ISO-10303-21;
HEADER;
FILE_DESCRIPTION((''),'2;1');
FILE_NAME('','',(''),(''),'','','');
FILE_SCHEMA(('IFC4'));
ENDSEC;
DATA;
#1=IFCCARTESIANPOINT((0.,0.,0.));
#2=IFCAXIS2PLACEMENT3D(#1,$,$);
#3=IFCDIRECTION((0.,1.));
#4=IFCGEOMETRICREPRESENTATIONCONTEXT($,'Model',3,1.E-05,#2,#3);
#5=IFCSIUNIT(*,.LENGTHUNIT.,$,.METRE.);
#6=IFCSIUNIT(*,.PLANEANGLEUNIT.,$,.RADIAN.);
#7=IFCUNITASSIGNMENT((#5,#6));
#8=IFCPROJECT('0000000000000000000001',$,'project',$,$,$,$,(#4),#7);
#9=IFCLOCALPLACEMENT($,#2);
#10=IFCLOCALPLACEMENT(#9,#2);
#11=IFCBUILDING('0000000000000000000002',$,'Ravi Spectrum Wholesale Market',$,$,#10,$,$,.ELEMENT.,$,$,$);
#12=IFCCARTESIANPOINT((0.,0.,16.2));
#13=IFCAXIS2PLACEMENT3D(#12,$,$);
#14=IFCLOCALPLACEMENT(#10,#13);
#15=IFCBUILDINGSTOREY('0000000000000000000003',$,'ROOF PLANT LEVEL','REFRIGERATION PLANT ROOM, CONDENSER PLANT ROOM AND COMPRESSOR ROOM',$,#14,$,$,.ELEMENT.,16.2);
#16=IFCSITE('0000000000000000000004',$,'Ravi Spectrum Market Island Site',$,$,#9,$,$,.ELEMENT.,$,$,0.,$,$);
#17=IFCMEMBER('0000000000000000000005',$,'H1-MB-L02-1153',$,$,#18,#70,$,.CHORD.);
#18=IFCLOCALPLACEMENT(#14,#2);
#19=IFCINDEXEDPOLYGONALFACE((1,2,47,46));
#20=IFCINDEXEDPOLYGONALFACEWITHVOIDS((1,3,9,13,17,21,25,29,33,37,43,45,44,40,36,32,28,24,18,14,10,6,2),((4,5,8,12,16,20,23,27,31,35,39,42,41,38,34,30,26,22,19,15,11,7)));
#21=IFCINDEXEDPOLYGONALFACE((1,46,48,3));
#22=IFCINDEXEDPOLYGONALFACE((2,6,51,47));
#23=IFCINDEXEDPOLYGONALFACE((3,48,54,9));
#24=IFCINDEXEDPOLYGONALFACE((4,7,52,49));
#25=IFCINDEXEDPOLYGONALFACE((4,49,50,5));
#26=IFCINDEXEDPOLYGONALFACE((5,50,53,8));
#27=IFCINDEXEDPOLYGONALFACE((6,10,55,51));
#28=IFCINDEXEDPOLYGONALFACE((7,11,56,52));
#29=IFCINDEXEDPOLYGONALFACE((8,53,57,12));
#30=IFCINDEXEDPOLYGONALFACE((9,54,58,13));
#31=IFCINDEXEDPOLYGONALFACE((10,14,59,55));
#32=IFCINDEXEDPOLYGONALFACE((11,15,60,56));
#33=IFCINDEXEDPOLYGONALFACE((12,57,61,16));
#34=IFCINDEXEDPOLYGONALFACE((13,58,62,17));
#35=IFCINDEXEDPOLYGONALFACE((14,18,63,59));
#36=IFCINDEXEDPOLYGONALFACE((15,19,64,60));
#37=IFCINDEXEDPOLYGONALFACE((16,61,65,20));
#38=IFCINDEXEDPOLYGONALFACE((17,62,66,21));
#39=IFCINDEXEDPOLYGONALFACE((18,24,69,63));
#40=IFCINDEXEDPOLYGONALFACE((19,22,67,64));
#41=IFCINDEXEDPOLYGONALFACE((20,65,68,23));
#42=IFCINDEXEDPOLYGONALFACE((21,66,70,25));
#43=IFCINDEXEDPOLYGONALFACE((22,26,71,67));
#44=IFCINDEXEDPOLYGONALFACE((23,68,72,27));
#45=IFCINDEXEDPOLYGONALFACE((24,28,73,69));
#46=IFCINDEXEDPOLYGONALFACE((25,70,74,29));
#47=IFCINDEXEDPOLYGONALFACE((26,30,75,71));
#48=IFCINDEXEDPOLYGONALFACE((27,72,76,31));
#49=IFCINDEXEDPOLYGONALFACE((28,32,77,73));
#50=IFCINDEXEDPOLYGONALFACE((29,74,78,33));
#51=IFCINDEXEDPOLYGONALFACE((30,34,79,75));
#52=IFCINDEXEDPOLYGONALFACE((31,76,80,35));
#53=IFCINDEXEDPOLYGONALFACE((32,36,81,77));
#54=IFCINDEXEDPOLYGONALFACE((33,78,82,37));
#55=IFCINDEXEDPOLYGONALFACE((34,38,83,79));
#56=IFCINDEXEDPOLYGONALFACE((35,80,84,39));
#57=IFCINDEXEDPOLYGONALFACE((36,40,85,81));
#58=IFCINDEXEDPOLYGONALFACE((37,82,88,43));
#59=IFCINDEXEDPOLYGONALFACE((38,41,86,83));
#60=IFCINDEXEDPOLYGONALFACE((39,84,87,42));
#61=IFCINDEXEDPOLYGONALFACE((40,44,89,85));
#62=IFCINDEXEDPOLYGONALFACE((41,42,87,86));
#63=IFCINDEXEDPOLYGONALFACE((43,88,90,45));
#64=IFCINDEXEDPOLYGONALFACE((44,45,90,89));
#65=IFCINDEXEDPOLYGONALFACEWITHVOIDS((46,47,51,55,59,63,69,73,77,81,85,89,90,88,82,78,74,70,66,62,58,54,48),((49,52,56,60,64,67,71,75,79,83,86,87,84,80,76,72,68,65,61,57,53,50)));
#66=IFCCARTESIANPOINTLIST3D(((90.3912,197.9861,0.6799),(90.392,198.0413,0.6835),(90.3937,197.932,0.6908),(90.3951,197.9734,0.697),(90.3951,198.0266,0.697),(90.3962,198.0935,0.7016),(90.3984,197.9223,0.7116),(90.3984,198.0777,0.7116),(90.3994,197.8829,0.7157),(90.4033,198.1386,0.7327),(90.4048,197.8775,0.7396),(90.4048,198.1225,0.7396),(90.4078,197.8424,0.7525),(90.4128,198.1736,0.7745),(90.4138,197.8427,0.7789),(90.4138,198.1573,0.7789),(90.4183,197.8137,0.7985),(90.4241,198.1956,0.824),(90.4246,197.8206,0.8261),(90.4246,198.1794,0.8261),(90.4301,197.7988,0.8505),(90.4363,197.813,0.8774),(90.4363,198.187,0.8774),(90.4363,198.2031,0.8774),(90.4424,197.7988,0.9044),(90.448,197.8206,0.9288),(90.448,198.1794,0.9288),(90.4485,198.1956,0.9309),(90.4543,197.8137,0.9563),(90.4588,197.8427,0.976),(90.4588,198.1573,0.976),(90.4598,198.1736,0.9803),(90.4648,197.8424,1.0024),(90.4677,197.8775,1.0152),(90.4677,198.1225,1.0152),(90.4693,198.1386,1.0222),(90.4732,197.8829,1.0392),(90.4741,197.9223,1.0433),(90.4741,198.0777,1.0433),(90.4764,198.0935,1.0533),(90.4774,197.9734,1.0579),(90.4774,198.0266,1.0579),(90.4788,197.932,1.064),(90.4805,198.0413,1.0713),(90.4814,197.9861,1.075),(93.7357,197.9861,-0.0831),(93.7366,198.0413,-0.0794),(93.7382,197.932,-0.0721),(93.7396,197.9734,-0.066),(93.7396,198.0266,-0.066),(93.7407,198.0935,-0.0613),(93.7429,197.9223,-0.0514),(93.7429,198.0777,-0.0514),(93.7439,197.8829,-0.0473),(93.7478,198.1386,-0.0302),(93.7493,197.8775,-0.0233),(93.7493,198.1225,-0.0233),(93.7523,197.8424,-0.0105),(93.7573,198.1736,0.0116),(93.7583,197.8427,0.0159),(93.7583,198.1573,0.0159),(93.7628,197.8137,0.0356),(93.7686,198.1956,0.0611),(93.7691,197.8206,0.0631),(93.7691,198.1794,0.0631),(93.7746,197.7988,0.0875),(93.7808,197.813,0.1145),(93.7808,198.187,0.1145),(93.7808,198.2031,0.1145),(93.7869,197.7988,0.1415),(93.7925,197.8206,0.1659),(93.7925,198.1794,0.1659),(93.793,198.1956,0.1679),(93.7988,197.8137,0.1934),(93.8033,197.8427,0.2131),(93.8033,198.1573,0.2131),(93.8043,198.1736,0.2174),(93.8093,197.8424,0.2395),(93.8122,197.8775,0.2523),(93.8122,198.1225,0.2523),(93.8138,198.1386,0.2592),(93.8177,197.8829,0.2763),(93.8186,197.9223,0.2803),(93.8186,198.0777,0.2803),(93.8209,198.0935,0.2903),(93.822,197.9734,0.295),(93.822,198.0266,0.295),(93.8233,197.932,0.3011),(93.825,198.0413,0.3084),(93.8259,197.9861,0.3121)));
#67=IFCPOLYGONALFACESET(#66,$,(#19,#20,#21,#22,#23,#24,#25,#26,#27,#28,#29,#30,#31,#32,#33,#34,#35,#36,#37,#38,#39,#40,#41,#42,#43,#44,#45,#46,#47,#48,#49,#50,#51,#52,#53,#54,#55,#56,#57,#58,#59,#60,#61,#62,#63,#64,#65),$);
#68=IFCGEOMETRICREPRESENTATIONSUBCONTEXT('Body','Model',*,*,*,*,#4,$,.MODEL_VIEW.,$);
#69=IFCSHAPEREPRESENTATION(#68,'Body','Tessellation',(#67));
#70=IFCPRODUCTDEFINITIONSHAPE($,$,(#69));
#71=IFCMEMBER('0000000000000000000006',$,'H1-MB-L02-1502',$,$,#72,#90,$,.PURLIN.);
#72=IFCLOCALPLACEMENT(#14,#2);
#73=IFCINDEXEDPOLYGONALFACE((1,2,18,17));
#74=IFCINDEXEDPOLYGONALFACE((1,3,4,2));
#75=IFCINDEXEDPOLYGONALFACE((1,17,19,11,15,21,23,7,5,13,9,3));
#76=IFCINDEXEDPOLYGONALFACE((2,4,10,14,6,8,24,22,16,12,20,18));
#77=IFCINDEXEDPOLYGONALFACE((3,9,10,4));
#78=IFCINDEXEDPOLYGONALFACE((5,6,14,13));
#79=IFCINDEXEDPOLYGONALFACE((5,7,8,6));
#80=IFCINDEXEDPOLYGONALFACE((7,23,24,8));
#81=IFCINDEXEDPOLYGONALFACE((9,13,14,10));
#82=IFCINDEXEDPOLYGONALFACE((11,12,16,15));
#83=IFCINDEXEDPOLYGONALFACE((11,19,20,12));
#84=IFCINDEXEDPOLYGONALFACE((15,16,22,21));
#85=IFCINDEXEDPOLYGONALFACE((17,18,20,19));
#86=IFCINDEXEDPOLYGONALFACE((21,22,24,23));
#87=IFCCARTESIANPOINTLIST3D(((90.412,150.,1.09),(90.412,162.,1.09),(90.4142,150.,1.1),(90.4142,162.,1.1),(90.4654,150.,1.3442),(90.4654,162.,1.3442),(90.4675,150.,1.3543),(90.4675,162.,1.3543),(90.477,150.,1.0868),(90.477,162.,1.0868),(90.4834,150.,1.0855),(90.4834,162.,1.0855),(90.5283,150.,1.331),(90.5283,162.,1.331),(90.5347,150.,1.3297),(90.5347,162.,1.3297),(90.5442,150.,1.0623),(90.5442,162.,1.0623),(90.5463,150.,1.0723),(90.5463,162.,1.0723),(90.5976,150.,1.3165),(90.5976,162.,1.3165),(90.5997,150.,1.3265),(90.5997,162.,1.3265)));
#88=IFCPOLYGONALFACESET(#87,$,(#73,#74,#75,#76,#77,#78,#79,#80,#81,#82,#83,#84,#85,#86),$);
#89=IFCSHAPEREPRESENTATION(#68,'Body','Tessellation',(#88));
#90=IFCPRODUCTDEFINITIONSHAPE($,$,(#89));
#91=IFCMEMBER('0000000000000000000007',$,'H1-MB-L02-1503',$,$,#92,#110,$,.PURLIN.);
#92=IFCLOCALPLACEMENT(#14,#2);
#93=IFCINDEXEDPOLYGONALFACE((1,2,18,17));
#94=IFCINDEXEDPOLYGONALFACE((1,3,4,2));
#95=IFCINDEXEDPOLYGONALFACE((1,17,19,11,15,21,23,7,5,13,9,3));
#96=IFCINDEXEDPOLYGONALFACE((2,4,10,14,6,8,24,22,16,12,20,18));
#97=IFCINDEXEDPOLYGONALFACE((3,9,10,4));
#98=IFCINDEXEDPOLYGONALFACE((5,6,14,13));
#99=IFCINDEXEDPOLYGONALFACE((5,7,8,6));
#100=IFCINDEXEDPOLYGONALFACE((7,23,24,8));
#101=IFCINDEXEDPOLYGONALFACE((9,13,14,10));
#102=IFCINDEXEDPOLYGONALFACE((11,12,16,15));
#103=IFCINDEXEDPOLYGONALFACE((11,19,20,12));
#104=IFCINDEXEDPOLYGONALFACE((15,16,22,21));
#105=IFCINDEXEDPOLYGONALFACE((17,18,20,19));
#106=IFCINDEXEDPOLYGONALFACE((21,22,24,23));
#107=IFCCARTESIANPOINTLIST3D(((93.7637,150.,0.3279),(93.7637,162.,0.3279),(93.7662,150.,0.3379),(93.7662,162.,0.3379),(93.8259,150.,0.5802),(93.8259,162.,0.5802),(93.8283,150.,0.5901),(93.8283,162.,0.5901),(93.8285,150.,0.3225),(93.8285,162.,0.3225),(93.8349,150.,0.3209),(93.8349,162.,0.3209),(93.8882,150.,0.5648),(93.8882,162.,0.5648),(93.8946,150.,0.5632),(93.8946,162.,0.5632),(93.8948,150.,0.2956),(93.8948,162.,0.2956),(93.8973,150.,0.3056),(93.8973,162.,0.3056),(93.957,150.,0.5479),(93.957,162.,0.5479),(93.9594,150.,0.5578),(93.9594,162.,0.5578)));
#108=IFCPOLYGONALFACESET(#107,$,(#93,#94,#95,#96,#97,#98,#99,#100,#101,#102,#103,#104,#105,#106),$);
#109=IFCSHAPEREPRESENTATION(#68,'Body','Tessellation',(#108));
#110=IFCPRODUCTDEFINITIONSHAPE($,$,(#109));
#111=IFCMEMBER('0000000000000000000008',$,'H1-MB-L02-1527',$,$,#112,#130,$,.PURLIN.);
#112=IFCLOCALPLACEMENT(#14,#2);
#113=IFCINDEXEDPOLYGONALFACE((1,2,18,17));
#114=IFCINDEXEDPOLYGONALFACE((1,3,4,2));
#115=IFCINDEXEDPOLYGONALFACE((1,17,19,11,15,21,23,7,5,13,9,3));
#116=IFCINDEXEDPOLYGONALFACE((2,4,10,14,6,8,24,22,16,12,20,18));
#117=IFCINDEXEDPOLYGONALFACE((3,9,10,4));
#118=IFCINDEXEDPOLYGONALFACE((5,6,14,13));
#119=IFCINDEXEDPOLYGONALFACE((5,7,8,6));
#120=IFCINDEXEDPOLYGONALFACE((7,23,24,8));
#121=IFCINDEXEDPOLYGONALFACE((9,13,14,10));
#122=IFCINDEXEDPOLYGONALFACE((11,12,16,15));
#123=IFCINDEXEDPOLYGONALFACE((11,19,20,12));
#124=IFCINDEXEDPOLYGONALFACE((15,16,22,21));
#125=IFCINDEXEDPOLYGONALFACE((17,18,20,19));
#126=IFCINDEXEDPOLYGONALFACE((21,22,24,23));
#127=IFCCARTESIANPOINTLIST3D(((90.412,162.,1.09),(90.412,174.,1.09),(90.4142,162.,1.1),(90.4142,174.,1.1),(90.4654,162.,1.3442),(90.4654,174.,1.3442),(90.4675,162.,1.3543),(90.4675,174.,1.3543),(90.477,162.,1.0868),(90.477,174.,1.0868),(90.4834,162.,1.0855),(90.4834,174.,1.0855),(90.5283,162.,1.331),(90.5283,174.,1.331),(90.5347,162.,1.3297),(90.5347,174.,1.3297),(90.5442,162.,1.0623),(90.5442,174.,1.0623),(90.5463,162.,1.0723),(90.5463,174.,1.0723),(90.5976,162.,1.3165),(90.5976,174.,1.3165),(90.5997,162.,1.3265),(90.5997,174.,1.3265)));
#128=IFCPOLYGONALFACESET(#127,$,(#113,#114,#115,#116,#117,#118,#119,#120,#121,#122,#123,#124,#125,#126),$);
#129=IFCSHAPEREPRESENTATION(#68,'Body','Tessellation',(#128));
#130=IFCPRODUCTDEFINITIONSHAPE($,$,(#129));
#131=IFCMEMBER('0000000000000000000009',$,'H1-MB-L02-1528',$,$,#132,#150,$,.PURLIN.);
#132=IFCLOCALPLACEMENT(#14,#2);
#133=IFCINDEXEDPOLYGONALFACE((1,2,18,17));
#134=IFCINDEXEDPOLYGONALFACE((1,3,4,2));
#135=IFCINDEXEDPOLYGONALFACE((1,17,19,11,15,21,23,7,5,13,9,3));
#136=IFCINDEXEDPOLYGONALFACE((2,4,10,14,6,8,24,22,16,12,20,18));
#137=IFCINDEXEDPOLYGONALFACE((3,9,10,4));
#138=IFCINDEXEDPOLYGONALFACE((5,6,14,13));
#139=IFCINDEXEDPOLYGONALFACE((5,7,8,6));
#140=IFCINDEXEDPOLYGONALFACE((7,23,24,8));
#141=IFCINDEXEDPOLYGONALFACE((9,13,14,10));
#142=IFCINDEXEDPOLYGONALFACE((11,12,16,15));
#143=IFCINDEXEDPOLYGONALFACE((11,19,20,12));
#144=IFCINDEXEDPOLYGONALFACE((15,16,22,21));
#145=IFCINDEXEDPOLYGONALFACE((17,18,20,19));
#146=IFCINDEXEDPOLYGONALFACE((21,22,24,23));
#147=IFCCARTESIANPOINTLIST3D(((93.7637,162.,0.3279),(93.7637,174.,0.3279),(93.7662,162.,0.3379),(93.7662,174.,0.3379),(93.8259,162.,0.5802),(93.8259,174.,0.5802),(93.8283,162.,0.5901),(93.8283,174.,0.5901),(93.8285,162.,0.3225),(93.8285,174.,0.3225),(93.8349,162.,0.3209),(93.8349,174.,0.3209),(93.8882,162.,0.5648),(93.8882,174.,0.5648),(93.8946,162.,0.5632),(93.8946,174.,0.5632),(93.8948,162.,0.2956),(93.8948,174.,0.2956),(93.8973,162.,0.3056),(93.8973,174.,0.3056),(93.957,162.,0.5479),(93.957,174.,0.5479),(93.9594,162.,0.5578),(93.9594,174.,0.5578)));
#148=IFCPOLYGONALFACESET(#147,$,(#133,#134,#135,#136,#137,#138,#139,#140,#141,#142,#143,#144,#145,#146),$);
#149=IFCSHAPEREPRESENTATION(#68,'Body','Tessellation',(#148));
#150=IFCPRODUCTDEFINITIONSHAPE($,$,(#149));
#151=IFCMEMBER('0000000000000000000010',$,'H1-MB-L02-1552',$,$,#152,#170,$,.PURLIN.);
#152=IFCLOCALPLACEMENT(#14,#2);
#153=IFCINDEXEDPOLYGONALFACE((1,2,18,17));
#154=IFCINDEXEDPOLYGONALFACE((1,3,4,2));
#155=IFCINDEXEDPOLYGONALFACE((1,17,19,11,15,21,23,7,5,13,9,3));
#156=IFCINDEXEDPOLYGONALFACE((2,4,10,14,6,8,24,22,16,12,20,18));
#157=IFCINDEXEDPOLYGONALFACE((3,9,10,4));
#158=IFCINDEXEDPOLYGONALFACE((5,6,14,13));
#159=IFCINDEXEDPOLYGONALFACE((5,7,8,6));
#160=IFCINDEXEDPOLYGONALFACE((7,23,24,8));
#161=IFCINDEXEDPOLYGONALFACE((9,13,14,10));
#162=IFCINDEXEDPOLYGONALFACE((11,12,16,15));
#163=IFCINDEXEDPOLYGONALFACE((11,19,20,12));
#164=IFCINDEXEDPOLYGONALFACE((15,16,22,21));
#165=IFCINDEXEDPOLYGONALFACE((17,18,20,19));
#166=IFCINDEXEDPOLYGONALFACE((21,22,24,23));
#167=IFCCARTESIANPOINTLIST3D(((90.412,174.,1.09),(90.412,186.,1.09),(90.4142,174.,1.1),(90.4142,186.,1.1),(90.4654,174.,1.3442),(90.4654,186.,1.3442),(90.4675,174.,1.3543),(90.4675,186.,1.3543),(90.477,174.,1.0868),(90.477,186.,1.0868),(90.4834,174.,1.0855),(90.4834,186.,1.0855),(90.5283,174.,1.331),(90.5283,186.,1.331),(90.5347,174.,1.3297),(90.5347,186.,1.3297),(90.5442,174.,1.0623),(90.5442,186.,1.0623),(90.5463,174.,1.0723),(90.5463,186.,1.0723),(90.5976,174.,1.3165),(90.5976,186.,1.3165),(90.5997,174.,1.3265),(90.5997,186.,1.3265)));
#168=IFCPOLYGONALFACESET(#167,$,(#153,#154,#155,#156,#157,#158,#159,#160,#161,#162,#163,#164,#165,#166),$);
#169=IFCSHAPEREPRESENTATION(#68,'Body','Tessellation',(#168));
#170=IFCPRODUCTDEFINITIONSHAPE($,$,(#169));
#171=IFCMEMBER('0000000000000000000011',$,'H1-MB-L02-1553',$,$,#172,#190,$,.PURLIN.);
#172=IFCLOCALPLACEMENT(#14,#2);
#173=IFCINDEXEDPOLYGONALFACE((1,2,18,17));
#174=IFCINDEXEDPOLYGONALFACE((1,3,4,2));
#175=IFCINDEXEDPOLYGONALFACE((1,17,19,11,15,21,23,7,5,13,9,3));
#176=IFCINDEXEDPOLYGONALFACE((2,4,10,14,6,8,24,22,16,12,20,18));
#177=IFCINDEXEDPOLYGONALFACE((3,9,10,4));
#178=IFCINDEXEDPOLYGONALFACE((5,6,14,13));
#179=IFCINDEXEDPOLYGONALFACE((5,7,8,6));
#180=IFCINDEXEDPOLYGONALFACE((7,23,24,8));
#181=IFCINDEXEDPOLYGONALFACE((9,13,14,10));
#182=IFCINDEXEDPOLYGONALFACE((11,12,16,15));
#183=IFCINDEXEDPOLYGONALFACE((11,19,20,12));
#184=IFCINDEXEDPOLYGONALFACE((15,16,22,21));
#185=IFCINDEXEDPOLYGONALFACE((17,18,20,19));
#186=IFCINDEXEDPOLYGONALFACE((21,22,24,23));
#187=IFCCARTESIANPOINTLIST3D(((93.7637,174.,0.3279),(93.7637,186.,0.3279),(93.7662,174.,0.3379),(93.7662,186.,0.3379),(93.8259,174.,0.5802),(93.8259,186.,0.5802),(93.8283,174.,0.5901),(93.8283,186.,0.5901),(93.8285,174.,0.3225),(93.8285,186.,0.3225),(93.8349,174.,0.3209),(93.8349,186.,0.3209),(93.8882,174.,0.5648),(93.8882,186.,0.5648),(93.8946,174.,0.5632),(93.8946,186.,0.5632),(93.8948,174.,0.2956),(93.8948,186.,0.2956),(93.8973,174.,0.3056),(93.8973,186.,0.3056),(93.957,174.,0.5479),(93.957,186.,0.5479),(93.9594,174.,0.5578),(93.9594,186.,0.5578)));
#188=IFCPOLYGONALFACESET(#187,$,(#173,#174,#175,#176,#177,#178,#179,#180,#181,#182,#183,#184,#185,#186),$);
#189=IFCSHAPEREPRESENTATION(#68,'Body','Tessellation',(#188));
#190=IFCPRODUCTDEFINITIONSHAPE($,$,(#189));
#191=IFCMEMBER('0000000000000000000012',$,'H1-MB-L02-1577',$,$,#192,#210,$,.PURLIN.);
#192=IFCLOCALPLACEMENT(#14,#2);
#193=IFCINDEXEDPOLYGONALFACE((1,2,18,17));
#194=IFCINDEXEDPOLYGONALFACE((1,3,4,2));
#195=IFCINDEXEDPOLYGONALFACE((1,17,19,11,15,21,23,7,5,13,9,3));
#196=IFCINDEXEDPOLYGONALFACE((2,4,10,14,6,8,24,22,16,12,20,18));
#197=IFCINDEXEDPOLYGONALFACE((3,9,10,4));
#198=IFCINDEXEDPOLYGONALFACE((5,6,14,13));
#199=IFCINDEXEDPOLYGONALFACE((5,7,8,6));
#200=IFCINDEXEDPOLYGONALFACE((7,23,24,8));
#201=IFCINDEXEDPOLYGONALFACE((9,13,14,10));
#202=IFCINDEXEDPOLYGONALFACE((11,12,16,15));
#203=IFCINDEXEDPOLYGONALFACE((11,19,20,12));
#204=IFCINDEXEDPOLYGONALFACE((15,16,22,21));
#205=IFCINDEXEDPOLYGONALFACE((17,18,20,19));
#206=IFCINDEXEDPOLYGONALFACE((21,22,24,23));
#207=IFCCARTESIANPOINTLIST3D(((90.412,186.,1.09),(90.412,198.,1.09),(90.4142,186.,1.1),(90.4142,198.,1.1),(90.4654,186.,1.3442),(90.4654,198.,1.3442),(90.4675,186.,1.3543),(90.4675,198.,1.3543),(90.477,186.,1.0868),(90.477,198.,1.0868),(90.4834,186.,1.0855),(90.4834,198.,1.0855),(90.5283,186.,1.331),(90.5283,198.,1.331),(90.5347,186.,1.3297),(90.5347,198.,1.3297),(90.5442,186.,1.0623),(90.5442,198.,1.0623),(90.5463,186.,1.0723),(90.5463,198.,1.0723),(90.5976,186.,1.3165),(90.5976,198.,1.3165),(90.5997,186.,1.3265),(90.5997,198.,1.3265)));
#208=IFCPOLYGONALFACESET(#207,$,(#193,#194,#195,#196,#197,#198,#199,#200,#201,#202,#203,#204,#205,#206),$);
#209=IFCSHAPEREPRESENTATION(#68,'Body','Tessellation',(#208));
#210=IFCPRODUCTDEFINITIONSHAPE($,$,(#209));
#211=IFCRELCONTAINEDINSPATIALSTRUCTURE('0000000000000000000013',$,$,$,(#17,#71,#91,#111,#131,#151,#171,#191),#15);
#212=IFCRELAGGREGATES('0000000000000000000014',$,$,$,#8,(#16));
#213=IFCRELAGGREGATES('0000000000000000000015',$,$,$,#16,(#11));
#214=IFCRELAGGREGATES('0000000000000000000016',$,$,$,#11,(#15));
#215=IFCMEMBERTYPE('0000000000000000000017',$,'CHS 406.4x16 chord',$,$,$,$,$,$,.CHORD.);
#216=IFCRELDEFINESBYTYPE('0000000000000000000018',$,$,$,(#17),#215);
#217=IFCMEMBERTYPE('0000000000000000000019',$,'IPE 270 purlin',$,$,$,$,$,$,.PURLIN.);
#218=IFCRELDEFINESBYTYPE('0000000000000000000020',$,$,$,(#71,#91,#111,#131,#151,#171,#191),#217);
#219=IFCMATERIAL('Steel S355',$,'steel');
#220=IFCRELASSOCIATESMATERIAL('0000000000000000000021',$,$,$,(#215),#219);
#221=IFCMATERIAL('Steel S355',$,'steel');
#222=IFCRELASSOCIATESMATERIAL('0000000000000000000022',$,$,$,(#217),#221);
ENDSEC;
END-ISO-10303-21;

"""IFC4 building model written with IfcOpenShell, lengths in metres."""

from ifc_helpers import new_model, si_unit, direction, frame, origin, origin_2d, place, context, subcontext, project, spatial, hollow_circle, i_section, extrude, material, material_profile, profile_set, type_object, element, save


model = new_model("IFC4")

# Units and contexts
model_context = context("Model", 3, precision=1e-05, world=origin(), true_north=direction((0.0, 1.0)))
body_context = subcontext(model_context, "Body", "Model", "MODEL_VIEW")
ifc_project = project(units=[si_unit("LENGTHUNIT", "METRE"), si_unit("PLANEANGLEUNIT", "RADIAN")], contexts=[model_context])

# Site, building, storey
site_placement = place(None, origin())
site = spatial("IfcSite", under=ifc_project, at=site_placement, Name="Ravi Spectrum Market Island Site", CompositionType="ELEMENT", RefElevation=0.0)
building_placement = place(site_placement, origin())
building = spatial("IfcBuilding", under=site, at=building_placement, Name="Ravi Spectrum Wholesale Market", CompositionType="ELEMENT")
storey_placement = place(building_placement, frame((0.0, 0.0, 16.2)))
storey = spatial("IfcBuildingStorey", under=building, at=storey_placement, Name="ROOF PLANT LEVEL", Description="REFRIGERATION PLANT ROOM, CONDENSER PLANT ROOM AND COMPRESSOR ROOM", CompositionType="ELEMENT", Elevation=16.2)

# Members
ifc_material_1 = material(Name="Steel S355", Category="steel")
ifc_material_profile_1 = material_profile(ifc_material_1, hollow_circle(Radius=0.2031, WallThickness=0.0161, at=origin_2d()))
ifc_profile_set_1 = profile_set([ifc_material_profile_1], Name="Steel S355")
member_type_1 = type_object("IfcMemberType", Name="CHS 406.4x16 chord", PredefinedType="CHORD", material=ifc_profile_set_1)
for number, where, z_axis, x_axis, name in (
    (1, (90.4363, 198.0, 0.8774), (0.974954, 0.0, -0.222405), (0.0, 1.0, 0.0), "H1-MB-L02-1153"),
):
    element("IfcMember", number, at=place(storey_placement, frame(where, z_axis=z_axis, x_axis=x_axis)), inside=storey, type_object=member_type_1, Name=name, PredefinedType="CHORD", context=body_context, shape_type="SweptSolid", body=[
        extrude(hollow_circle(Radius=0.2031, WallThickness=0.0161, at=origin_2d()), origin(), (0.0, 0.0, 1.0), 3.4304),
    ])
ifc_material_2 = material(Name="Steel S355", Category="steel")
ifc_material_profile_2 = material_profile(ifc_material_2, i_section(OverallWidth=0.135, OverallDepth=0.27, WebThickness=0.0066, FlangeThickness=0.0103, at=origin_2d()))
ifc_profile_set_2 = profile_set([ifc_material_profile_2], Name="Steel S355")
member_type_2 = type_object("IfcMemberType", Name="IPE 270 purlin", PredefinedType="PURLIN", material=ifc_profile_set_2)
for number, where, z_axis, x_axis, name in (
    (2, (90.5059, 150.0, 1.2083), (0.0, 1.0, 0.0), (-0.978653, 0.0, 0.205517), "H1-MB-L02-1502"),
    (3, (93.8616, 150.0, 0.4429), (0.0, 1.0, 0.0), (-0.970983, 0.0, 0.239151), "H1-MB-L02-1503"),
    (4, (90.5059, 162.0, 1.2083), (0.0, 1.0, 0.0), (-0.978653, 0.0, 0.205517), "H1-MB-L02-1527"),
    (5, (93.8616, 162.0, 0.4429), (0.0, 1.0, 0.0), (-0.970983, 0.0, 0.239151), "H1-MB-L02-1528"),
    (6, (90.5059, 174.0, 1.2083), (0.0, 1.0, 0.0), (-0.978653, 0.0, 0.205517), "H1-MB-L02-1552"),
    (7, (93.8616, 174.0, 0.4429), (0.0, 1.0, 0.0), (-0.970983, 0.0, 0.239151), "H1-MB-L02-1553"),
    (8, (90.5059, 186.0, 1.2083), (0.0, 1.0, 0.0), (-0.978653, 0.0, 0.205517), "H1-MB-L02-1577"),
):
    element("IfcMember", number, at=place(storey_placement, frame(where, z_axis=z_axis, x_axis=x_axis)), inside=storey, type_object=member_type_2, Name=name, PredefinedType="PURLIN", context=body_context, shape_type="SweptSolid", body=[
        extrude(i_section(OverallWidth=0.135, OverallDepth=0.27, WebThickness=0.0066, FlangeThickness=0.0103, at=origin_2d()), origin(), (0.0, 0.0, 1.0), 12.0),
    ])

save(model, "model.ifc")
